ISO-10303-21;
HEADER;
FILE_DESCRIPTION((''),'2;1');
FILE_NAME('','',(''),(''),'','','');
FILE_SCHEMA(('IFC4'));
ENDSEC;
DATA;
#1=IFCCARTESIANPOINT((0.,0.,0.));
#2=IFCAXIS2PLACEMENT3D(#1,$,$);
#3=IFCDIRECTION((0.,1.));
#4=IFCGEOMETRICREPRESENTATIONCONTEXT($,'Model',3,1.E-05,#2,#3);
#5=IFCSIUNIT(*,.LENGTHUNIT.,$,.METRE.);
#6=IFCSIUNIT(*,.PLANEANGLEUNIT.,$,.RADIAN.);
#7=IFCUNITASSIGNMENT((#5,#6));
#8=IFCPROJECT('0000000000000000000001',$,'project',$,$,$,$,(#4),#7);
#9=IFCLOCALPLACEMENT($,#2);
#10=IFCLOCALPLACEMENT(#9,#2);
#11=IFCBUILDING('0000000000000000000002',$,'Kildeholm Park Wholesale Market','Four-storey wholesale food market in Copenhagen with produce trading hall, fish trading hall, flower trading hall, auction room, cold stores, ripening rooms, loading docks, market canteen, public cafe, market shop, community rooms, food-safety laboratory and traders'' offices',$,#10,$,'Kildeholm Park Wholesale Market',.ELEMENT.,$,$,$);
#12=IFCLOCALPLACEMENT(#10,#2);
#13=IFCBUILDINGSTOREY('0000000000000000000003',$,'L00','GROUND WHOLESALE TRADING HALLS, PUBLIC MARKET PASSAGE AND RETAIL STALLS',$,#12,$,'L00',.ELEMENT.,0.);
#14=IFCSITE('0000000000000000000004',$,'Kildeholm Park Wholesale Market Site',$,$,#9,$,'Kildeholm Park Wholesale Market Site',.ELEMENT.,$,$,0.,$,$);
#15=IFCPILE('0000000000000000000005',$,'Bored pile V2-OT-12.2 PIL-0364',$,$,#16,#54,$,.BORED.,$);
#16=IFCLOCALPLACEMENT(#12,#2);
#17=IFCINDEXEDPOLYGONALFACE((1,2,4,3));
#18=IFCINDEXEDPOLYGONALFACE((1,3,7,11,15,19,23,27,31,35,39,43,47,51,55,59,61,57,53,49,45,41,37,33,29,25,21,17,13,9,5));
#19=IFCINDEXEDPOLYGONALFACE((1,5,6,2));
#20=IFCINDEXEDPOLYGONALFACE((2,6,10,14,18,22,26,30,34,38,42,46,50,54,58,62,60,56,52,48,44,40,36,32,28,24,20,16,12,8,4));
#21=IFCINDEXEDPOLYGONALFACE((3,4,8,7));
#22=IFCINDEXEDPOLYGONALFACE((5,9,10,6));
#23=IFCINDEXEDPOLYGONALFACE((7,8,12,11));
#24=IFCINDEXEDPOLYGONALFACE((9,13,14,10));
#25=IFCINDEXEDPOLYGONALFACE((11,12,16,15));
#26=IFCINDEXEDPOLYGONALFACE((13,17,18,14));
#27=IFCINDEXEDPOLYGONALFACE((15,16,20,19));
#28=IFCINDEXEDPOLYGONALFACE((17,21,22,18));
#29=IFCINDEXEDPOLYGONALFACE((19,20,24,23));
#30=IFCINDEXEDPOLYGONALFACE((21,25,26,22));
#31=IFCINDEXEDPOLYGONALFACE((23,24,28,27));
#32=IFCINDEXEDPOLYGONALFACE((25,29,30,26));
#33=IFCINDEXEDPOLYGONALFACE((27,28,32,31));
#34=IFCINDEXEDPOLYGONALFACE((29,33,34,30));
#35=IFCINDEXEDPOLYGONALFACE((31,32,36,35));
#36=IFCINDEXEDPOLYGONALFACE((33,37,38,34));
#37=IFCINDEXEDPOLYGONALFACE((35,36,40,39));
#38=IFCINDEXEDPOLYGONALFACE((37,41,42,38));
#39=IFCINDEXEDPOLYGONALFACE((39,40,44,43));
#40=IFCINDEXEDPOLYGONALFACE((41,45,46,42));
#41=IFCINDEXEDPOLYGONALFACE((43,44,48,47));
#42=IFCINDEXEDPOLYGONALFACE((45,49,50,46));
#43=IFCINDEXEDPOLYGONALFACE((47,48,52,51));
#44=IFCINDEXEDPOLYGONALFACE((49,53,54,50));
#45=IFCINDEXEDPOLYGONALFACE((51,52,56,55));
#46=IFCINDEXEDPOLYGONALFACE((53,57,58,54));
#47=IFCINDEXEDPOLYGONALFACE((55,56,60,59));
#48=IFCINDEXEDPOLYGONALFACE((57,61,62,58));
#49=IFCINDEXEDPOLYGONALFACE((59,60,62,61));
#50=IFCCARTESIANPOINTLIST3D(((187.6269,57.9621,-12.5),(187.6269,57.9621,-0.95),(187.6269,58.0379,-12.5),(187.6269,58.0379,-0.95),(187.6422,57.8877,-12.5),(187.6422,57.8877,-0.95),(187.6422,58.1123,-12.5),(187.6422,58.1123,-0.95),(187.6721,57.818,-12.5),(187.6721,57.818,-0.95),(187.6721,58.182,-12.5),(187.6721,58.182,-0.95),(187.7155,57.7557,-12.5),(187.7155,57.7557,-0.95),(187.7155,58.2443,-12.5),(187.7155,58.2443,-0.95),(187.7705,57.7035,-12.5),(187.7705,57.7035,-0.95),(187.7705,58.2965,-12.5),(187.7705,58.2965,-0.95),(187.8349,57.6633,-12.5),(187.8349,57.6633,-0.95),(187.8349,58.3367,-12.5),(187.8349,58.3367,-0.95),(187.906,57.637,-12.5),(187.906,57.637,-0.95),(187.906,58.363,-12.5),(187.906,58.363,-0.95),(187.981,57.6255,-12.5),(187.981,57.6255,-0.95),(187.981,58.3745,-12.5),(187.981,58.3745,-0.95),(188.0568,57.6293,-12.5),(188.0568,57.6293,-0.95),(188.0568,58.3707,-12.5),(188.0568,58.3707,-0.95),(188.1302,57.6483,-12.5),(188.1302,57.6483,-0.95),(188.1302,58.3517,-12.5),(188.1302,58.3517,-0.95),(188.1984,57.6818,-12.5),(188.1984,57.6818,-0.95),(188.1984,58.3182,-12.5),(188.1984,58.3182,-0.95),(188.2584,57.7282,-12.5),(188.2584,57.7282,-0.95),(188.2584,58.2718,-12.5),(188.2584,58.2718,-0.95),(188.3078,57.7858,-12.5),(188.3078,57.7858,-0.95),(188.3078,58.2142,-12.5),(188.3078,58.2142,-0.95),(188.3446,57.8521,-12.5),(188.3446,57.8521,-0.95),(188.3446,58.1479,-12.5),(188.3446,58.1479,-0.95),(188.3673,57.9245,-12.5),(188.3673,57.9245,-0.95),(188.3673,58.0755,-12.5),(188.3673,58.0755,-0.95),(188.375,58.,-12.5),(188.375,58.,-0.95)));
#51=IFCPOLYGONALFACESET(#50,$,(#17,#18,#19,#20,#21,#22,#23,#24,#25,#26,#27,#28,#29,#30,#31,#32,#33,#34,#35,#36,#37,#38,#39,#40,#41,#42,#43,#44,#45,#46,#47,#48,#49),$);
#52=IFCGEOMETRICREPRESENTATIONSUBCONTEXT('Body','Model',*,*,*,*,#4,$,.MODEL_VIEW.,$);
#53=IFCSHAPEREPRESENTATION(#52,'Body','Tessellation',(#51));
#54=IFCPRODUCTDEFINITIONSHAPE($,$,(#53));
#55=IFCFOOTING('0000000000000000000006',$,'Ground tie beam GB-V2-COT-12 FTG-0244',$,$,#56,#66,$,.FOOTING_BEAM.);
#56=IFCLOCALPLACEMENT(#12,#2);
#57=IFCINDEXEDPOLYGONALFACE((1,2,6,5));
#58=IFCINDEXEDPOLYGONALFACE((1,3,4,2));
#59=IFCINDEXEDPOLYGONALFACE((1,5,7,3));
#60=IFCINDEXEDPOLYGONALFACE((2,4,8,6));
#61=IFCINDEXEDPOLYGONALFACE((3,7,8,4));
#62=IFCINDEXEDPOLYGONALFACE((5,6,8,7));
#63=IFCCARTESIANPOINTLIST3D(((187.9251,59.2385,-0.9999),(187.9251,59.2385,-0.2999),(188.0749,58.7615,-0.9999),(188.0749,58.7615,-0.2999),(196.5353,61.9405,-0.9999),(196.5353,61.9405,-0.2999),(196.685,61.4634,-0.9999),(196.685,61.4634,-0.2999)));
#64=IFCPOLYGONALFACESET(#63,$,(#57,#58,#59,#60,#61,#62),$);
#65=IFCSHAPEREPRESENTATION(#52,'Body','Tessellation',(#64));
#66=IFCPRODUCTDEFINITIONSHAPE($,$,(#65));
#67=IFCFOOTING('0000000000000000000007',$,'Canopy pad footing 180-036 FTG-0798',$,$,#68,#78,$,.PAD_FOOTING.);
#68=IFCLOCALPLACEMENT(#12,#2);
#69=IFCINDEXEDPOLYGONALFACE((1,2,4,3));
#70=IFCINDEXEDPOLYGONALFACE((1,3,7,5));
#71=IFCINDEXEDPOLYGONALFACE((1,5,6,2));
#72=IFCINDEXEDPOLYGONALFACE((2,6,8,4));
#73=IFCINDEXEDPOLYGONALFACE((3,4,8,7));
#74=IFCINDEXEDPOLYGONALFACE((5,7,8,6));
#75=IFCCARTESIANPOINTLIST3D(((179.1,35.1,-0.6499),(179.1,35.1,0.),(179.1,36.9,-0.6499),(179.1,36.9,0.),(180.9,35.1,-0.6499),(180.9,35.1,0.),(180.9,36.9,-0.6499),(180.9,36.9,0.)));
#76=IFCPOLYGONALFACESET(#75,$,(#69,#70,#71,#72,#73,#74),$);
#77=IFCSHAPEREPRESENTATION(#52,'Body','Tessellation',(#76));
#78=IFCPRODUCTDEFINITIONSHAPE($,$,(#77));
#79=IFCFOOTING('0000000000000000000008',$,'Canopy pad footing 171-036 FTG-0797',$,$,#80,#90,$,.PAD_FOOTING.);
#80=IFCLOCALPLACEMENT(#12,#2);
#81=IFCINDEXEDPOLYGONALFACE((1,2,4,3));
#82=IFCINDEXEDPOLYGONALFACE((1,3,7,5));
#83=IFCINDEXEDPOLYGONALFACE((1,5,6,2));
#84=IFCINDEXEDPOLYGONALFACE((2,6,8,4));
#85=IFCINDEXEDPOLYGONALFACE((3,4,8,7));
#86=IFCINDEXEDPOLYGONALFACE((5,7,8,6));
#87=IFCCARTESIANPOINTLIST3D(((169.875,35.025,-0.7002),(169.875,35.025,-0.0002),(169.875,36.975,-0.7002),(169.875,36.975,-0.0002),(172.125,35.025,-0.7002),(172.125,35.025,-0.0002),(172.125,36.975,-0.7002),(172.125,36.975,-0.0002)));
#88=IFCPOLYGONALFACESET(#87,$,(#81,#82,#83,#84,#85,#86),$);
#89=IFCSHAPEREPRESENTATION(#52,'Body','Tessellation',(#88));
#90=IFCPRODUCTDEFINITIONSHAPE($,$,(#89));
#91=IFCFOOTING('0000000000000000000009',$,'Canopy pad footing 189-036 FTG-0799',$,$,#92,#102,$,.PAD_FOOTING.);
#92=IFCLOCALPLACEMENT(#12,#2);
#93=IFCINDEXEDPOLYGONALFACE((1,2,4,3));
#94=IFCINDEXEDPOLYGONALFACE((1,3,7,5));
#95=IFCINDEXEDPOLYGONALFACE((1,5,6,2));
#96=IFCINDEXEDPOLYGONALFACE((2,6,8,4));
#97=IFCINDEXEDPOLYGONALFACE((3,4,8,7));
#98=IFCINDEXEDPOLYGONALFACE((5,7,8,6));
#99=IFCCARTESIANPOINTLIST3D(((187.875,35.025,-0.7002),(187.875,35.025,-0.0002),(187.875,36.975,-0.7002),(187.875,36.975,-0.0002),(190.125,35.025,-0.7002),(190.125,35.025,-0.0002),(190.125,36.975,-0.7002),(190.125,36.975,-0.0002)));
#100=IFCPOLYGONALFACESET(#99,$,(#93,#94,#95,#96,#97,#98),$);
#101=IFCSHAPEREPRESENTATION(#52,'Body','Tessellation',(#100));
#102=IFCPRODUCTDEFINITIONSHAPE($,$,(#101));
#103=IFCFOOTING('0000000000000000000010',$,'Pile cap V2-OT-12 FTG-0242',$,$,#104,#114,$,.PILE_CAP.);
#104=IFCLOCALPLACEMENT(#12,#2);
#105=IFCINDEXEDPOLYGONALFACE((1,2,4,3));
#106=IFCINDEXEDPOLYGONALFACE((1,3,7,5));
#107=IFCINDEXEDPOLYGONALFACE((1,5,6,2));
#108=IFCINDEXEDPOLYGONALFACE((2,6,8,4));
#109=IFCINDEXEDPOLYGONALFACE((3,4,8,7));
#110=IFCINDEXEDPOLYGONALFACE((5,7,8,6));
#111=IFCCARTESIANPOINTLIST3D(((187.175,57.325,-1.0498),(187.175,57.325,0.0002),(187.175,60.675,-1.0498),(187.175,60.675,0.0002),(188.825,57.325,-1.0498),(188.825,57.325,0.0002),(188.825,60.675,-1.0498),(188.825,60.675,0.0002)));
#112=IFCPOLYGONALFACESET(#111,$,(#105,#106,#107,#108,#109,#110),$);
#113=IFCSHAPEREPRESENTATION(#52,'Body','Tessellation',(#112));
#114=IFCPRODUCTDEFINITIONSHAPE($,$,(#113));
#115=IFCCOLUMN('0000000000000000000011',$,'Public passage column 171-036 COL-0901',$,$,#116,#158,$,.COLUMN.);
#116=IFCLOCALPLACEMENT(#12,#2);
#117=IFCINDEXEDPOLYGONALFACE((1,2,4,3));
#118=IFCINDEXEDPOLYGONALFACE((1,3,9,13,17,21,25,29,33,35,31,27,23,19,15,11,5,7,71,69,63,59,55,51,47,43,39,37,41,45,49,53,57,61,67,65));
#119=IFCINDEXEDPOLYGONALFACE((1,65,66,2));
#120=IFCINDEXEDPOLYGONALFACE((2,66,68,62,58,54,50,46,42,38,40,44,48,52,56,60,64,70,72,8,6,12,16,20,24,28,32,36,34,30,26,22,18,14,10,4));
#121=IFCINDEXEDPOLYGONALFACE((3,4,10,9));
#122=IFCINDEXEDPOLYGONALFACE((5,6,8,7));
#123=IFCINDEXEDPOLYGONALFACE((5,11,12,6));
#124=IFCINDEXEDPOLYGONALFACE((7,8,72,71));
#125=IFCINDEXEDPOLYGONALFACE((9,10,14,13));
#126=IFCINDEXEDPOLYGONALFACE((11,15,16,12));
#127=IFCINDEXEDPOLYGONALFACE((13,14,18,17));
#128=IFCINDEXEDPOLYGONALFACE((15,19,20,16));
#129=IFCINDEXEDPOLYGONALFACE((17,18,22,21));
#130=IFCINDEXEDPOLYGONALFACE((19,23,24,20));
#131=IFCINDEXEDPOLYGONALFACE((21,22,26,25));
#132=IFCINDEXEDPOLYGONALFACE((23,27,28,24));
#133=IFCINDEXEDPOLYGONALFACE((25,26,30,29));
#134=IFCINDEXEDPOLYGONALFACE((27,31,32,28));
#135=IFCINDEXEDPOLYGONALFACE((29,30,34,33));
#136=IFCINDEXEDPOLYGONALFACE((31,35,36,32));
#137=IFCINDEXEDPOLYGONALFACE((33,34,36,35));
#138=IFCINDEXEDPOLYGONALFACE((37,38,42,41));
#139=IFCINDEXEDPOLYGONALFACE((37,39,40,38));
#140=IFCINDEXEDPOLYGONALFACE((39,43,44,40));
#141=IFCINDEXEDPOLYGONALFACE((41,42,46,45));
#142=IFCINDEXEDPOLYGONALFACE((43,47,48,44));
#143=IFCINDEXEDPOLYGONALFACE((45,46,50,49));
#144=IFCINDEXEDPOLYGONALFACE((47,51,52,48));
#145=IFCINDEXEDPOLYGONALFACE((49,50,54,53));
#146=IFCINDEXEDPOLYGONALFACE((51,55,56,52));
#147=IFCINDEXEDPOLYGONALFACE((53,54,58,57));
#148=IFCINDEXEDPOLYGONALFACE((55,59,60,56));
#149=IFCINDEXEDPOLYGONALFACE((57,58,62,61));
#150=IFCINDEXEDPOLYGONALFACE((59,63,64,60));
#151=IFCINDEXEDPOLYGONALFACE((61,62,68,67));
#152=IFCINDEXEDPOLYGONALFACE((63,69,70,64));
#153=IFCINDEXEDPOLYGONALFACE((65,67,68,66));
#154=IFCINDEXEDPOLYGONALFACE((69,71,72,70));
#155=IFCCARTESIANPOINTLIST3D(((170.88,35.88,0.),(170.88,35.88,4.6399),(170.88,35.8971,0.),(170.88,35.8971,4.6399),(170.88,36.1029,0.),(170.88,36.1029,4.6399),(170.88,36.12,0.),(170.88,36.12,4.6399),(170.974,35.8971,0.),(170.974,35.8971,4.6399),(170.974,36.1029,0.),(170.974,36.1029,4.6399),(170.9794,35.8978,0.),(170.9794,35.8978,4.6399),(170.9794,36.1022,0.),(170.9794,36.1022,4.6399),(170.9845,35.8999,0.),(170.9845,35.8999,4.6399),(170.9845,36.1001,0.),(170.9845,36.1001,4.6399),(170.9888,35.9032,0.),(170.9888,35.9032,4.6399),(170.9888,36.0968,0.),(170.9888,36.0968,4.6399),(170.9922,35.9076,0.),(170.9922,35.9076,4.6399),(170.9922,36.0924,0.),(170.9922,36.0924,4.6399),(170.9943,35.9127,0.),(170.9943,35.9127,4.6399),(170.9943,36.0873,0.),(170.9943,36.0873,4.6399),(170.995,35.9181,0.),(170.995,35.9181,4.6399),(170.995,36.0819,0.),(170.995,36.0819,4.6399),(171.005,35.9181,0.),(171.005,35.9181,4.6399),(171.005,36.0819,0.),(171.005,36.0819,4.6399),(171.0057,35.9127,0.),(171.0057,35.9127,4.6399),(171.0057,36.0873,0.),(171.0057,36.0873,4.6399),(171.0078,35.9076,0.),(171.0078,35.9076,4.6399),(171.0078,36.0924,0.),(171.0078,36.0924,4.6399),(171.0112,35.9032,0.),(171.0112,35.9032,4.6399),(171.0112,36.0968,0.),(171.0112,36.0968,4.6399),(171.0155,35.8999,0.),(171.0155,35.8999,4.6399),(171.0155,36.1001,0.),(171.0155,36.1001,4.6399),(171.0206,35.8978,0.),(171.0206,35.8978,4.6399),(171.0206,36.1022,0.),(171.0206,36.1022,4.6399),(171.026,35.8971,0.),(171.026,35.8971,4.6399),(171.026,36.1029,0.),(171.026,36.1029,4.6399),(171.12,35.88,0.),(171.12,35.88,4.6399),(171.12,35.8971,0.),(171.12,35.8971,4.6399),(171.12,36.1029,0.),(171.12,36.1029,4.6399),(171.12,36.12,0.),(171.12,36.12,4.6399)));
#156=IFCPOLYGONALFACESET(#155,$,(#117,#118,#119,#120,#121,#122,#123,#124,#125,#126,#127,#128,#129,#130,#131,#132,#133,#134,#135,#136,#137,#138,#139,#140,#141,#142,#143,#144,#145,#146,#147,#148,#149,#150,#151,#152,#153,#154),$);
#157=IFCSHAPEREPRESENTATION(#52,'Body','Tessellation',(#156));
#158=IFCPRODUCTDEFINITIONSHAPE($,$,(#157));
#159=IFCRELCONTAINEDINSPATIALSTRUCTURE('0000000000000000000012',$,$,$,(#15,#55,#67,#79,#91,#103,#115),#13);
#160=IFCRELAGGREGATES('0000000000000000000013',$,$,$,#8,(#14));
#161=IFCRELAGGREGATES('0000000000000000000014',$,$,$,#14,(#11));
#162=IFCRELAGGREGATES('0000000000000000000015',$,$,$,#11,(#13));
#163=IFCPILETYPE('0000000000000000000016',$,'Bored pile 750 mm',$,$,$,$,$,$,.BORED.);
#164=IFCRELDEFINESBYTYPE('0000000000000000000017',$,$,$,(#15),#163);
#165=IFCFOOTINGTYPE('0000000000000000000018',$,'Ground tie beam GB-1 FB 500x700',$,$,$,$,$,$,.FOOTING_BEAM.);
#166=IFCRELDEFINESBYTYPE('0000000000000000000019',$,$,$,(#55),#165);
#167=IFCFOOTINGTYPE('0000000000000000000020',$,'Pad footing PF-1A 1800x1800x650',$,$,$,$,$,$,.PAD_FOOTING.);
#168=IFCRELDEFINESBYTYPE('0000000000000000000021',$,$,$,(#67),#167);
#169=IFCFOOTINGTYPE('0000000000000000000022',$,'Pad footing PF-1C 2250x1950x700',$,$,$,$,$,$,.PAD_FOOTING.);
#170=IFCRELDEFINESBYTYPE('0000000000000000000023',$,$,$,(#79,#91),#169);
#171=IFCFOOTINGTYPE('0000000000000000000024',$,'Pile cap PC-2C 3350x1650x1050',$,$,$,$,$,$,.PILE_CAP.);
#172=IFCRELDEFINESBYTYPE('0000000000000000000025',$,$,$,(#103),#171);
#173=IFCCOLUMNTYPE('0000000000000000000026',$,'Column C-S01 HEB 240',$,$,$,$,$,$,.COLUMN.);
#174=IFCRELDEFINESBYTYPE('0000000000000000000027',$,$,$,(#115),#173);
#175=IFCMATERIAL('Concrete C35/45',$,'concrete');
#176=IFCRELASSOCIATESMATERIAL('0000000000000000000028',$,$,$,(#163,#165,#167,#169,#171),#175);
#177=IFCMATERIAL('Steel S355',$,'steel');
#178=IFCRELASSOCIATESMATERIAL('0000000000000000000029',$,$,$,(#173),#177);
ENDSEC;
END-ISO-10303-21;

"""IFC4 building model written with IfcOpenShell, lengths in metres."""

from ifc_helpers import new_model, si_unit, direction, frame, origin, origin_2d, place, context, subcontext, project, spatial, rectangle, circle, i_section, extrude, material, material_profile, profile_set, type_object, element, save


model = new_model("IFC4")

# Units and contexts
model_context = context("Model", 3, precision=1e-05, world=origin(), true_north=direction((0.0, 1.0)))
body_context = subcontext(model_context, "Body", "Model", "MODEL_VIEW")
ifc_project = project(units=[si_unit("LENGTHUNIT", "METRE"), si_unit("PLANEANGLEUNIT", "RADIAN")], contexts=[model_context])

# Site, building, storey
site_placement = place(None, origin())
site = spatial("IfcSite", under=ifc_project, at=site_placement, Name="Kildeholm Park Wholesale Market Site", LongName="Kildeholm Park Wholesale Market Site", CompositionType="ELEMENT", RefElevation=0.0)
building_placement = place(site_placement, origin())
building = spatial("IfcBuilding", under=site, at=building_placement, Name="Kildeholm Park Wholesale Market", Description="Four-storey wholesale food market in Copenhagen with produce trading hall, fish trading hall, flower trading hall, auction room, cold stores, ripening rooms, loading docks, market canteen, public cafe, market shop, community rooms, food-safety laboratory and traders' offices", LongName="Kildeholm Park Wholesale Market", CompositionType="ELEMENT")
storey_placement = place(building_placement, origin())
storey = spatial("IfcBuildingStorey", under=building, at=storey_placement, Name="L00", Description="GROUND WHOLESALE TRADING HALLS, PUBLIC MARKET PASSAGE AND RETAIL STALLS", LongName="L00", CompositionType="ELEMENT", Elevation=0.0)

# Pile
ifc_material_1 = material(Name="Concrete C35/45", Category="concrete")
ifc_material_profile_1 = material_profile(ifc_material_1, circle(Radius=0.375, at=origin_2d()), Name="PILE D750")
ifc_profile_set_1 = profile_set([ifc_material_profile_1], Name="Concrete C35/45")
pile_type = type_object("IfcPileType", Name="Bored pile 750 mm", PredefinedType="BORED", material=ifc_profile_set_1)
pile_placement = place(storey_placement, frame((188.0, 58.0, -0.95), z_axis=(0.0, 0.0, -1.0), x_axis=(1.0, 0.0, 0.0)))
element("IfcPile", 1, at=pile_placement, inside=storey, type_object=pile_type, Name="Bored pile V2-OT-12.2 PIL-0364", PredefinedType="BORED", context=body_context, shape_type="SweptSolid", body=[
    extrude(circle(Radius=0.375, at=origin_2d()), origin(), (0.0, 0.0, 1.0), 11.55),
])

# Footings
ifc_material_profile_2 = material_profile(ifc_material_1, rectangle(XDim=0.5, YDim=0.7, at=origin_2d()), Name="FB 500x700")
ifc_profile_set_2 = profile_set([ifc_material_profile_2], Name="Concrete C35/45")
footing_type_1 = type_object("IfcFootingType", Name="Ground tie beam GB-1 FB 500x700", PredefinedType="FOOTING_BEAM", material=ifc_profile_set_2)
footing_1_placement = place(storey_placement, frame((188.0, 59.0, -0.6499), z_axis=(0.954125, 0.29941, 0.0), x_axis=(-0.29941, 0.954125, 0.0)))
element("IfcFooting", 2, at=footing_1_placement, inside=storey, type_object=footing_type_1, Name="Ground tie beam GB-V2-COT-12 FTG-0244", PredefinedType="FOOTING_BEAM", context=body_context, shape_type="SweptSolid", body=[
    extrude(rectangle(XDim=0.5, YDim=0.7, at=origin_2d()), origin(), (0.0, 0.0, 1.0), 9.0242),
])
footing_type_2 = type_object("IfcFootingType", Name="Pad footing PF-1A 1800x1800x650", PredefinedType="PAD_FOOTING", material=ifc_material_1)
footing_2_placement = place(storey_placement, frame((180.0, 36.0, -0.6499), z_axis=(0.0, 0.0, 1.0), x_axis=(1.0, 0.0, 0.0)))
element("IfcFooting", 3, at=footing_2_placement, inside=storey, type_object=footing_type_2, Name="Canopy pad footing 180-036 FTG-0798", PredefinedType="PAD_FOOTING", context=body_context, shape_type="SweptSolid", body=[
    extrude(rectangle(XDim=1.8, YDim=1.8, at=origin_2d()), origin(), (0.0, 0.0, 1.0), 0.6499),
])
footing_type_3 = type_object("IfcFootingType", Name="Pad footing PF-1C 2250x1950x700", PredefinedType="PAD_FOOTING", material=ifc_material_1)
for number, where, z_axis, x_axis, name in (
    (4, (171.0, 36.0, -0.7002), (0.0, 0.0, 1.0), (1.0, 0.0, 0.0), "Canopy pad footing 171-036 FTG-0797"),
    (5, (189.0, 36.0, -0.7002), (0.0, 0.0, 1.0), (1.0, 0.0, 0.0), "Canopy pad footing 189-036 FTG-0799"),
):
    element("IfcFooting", number, at=place(storey_placement, frame(where, z_axis=z_axis, x_axis=x_axis)), inside=storey, type_object=footing_type_3, Name=name, PredefinedType="PAD_FOOTING", context=body_context, shape_type="SweptSolid", body=[
        extrude(rectangle(XDim=2.25, YDim=1.95, at=origin_2d()), origin(), (0.0, 0.0, 1.0), 0.7),
    ])
footing_type_4 = type_object("IfcFootingType", Name="Pile cap PC-2C 3350x1650x1050", PredefinedType="PILE_CAP", material=ifc_material_1)
footing_3_placement = place(storey_placement, frame((188.0, 59.0, -1.0498), z_axis=(0.0, 0.0, 1.0), x_axis=(0.0, -1.0, 0.0)))
element("IfcFooting", 6, at=footing_3_placement, inside=storey, type_object=footing_type_4, Name="Pile cap V2-OT-12 FTG-0242", PredefinedType="PILE_CAP", context=body_context, shape_type="SweptSolid", body=[
    extrude(rectangle(XDim=3.3501, YDim=1.6499, at=origin_2d()), origin(), (0.0, 0.0, 1.0), 1.05),
])

# Column
ifc_material_2 = material(Name="Steel S355", Category="steel")
ifc_material_profile_3 = material_profile(ifc_material_2, i_section(OverallWidth=0.24, OverallDepth=0.24, WebThickness=0.01, FlangeThickness=0.0171, FilletRadius=0.021, at=origin_2d()), Name="HEB 240")
ifc_profile_set_3 = profile_set([ifc_material_profile_3], Name="Steel S355")
column_type_1 = type_object("IfcColumnType", Name="Column C-S01 HEB 240", PredefinedType="COLUMN", material=ifc_profile_set_3)
for number, where, z_axis, x_axis, name in (
    (7, (171.0, 36.0, 0.0), (0.0, 0.0, 1.0), (1.0, 0.0, 0.0), "Public passage column 171-036 COL-0901"),
):
    element("IfcColumn", number, at=place(storey_placement, frame(where, z_axis=z_axis, x_axis=x_axis)), inside=storey, type_object=column_type_1, Name=name, PredefinedType="COLUMN", context=body_context, shape_type="SweptSolid", body=[
        extrude(i_section(OverallWidth=0.24, OverallDepth=0.24, WebThickness=0.01, FlangeThickness=0.0171, FilletRadius=0.021, at=origin_2d()), origin(), (0.0, 0.0, 1.0), 4.6399),
    ])

save(model, "model.ifc")
